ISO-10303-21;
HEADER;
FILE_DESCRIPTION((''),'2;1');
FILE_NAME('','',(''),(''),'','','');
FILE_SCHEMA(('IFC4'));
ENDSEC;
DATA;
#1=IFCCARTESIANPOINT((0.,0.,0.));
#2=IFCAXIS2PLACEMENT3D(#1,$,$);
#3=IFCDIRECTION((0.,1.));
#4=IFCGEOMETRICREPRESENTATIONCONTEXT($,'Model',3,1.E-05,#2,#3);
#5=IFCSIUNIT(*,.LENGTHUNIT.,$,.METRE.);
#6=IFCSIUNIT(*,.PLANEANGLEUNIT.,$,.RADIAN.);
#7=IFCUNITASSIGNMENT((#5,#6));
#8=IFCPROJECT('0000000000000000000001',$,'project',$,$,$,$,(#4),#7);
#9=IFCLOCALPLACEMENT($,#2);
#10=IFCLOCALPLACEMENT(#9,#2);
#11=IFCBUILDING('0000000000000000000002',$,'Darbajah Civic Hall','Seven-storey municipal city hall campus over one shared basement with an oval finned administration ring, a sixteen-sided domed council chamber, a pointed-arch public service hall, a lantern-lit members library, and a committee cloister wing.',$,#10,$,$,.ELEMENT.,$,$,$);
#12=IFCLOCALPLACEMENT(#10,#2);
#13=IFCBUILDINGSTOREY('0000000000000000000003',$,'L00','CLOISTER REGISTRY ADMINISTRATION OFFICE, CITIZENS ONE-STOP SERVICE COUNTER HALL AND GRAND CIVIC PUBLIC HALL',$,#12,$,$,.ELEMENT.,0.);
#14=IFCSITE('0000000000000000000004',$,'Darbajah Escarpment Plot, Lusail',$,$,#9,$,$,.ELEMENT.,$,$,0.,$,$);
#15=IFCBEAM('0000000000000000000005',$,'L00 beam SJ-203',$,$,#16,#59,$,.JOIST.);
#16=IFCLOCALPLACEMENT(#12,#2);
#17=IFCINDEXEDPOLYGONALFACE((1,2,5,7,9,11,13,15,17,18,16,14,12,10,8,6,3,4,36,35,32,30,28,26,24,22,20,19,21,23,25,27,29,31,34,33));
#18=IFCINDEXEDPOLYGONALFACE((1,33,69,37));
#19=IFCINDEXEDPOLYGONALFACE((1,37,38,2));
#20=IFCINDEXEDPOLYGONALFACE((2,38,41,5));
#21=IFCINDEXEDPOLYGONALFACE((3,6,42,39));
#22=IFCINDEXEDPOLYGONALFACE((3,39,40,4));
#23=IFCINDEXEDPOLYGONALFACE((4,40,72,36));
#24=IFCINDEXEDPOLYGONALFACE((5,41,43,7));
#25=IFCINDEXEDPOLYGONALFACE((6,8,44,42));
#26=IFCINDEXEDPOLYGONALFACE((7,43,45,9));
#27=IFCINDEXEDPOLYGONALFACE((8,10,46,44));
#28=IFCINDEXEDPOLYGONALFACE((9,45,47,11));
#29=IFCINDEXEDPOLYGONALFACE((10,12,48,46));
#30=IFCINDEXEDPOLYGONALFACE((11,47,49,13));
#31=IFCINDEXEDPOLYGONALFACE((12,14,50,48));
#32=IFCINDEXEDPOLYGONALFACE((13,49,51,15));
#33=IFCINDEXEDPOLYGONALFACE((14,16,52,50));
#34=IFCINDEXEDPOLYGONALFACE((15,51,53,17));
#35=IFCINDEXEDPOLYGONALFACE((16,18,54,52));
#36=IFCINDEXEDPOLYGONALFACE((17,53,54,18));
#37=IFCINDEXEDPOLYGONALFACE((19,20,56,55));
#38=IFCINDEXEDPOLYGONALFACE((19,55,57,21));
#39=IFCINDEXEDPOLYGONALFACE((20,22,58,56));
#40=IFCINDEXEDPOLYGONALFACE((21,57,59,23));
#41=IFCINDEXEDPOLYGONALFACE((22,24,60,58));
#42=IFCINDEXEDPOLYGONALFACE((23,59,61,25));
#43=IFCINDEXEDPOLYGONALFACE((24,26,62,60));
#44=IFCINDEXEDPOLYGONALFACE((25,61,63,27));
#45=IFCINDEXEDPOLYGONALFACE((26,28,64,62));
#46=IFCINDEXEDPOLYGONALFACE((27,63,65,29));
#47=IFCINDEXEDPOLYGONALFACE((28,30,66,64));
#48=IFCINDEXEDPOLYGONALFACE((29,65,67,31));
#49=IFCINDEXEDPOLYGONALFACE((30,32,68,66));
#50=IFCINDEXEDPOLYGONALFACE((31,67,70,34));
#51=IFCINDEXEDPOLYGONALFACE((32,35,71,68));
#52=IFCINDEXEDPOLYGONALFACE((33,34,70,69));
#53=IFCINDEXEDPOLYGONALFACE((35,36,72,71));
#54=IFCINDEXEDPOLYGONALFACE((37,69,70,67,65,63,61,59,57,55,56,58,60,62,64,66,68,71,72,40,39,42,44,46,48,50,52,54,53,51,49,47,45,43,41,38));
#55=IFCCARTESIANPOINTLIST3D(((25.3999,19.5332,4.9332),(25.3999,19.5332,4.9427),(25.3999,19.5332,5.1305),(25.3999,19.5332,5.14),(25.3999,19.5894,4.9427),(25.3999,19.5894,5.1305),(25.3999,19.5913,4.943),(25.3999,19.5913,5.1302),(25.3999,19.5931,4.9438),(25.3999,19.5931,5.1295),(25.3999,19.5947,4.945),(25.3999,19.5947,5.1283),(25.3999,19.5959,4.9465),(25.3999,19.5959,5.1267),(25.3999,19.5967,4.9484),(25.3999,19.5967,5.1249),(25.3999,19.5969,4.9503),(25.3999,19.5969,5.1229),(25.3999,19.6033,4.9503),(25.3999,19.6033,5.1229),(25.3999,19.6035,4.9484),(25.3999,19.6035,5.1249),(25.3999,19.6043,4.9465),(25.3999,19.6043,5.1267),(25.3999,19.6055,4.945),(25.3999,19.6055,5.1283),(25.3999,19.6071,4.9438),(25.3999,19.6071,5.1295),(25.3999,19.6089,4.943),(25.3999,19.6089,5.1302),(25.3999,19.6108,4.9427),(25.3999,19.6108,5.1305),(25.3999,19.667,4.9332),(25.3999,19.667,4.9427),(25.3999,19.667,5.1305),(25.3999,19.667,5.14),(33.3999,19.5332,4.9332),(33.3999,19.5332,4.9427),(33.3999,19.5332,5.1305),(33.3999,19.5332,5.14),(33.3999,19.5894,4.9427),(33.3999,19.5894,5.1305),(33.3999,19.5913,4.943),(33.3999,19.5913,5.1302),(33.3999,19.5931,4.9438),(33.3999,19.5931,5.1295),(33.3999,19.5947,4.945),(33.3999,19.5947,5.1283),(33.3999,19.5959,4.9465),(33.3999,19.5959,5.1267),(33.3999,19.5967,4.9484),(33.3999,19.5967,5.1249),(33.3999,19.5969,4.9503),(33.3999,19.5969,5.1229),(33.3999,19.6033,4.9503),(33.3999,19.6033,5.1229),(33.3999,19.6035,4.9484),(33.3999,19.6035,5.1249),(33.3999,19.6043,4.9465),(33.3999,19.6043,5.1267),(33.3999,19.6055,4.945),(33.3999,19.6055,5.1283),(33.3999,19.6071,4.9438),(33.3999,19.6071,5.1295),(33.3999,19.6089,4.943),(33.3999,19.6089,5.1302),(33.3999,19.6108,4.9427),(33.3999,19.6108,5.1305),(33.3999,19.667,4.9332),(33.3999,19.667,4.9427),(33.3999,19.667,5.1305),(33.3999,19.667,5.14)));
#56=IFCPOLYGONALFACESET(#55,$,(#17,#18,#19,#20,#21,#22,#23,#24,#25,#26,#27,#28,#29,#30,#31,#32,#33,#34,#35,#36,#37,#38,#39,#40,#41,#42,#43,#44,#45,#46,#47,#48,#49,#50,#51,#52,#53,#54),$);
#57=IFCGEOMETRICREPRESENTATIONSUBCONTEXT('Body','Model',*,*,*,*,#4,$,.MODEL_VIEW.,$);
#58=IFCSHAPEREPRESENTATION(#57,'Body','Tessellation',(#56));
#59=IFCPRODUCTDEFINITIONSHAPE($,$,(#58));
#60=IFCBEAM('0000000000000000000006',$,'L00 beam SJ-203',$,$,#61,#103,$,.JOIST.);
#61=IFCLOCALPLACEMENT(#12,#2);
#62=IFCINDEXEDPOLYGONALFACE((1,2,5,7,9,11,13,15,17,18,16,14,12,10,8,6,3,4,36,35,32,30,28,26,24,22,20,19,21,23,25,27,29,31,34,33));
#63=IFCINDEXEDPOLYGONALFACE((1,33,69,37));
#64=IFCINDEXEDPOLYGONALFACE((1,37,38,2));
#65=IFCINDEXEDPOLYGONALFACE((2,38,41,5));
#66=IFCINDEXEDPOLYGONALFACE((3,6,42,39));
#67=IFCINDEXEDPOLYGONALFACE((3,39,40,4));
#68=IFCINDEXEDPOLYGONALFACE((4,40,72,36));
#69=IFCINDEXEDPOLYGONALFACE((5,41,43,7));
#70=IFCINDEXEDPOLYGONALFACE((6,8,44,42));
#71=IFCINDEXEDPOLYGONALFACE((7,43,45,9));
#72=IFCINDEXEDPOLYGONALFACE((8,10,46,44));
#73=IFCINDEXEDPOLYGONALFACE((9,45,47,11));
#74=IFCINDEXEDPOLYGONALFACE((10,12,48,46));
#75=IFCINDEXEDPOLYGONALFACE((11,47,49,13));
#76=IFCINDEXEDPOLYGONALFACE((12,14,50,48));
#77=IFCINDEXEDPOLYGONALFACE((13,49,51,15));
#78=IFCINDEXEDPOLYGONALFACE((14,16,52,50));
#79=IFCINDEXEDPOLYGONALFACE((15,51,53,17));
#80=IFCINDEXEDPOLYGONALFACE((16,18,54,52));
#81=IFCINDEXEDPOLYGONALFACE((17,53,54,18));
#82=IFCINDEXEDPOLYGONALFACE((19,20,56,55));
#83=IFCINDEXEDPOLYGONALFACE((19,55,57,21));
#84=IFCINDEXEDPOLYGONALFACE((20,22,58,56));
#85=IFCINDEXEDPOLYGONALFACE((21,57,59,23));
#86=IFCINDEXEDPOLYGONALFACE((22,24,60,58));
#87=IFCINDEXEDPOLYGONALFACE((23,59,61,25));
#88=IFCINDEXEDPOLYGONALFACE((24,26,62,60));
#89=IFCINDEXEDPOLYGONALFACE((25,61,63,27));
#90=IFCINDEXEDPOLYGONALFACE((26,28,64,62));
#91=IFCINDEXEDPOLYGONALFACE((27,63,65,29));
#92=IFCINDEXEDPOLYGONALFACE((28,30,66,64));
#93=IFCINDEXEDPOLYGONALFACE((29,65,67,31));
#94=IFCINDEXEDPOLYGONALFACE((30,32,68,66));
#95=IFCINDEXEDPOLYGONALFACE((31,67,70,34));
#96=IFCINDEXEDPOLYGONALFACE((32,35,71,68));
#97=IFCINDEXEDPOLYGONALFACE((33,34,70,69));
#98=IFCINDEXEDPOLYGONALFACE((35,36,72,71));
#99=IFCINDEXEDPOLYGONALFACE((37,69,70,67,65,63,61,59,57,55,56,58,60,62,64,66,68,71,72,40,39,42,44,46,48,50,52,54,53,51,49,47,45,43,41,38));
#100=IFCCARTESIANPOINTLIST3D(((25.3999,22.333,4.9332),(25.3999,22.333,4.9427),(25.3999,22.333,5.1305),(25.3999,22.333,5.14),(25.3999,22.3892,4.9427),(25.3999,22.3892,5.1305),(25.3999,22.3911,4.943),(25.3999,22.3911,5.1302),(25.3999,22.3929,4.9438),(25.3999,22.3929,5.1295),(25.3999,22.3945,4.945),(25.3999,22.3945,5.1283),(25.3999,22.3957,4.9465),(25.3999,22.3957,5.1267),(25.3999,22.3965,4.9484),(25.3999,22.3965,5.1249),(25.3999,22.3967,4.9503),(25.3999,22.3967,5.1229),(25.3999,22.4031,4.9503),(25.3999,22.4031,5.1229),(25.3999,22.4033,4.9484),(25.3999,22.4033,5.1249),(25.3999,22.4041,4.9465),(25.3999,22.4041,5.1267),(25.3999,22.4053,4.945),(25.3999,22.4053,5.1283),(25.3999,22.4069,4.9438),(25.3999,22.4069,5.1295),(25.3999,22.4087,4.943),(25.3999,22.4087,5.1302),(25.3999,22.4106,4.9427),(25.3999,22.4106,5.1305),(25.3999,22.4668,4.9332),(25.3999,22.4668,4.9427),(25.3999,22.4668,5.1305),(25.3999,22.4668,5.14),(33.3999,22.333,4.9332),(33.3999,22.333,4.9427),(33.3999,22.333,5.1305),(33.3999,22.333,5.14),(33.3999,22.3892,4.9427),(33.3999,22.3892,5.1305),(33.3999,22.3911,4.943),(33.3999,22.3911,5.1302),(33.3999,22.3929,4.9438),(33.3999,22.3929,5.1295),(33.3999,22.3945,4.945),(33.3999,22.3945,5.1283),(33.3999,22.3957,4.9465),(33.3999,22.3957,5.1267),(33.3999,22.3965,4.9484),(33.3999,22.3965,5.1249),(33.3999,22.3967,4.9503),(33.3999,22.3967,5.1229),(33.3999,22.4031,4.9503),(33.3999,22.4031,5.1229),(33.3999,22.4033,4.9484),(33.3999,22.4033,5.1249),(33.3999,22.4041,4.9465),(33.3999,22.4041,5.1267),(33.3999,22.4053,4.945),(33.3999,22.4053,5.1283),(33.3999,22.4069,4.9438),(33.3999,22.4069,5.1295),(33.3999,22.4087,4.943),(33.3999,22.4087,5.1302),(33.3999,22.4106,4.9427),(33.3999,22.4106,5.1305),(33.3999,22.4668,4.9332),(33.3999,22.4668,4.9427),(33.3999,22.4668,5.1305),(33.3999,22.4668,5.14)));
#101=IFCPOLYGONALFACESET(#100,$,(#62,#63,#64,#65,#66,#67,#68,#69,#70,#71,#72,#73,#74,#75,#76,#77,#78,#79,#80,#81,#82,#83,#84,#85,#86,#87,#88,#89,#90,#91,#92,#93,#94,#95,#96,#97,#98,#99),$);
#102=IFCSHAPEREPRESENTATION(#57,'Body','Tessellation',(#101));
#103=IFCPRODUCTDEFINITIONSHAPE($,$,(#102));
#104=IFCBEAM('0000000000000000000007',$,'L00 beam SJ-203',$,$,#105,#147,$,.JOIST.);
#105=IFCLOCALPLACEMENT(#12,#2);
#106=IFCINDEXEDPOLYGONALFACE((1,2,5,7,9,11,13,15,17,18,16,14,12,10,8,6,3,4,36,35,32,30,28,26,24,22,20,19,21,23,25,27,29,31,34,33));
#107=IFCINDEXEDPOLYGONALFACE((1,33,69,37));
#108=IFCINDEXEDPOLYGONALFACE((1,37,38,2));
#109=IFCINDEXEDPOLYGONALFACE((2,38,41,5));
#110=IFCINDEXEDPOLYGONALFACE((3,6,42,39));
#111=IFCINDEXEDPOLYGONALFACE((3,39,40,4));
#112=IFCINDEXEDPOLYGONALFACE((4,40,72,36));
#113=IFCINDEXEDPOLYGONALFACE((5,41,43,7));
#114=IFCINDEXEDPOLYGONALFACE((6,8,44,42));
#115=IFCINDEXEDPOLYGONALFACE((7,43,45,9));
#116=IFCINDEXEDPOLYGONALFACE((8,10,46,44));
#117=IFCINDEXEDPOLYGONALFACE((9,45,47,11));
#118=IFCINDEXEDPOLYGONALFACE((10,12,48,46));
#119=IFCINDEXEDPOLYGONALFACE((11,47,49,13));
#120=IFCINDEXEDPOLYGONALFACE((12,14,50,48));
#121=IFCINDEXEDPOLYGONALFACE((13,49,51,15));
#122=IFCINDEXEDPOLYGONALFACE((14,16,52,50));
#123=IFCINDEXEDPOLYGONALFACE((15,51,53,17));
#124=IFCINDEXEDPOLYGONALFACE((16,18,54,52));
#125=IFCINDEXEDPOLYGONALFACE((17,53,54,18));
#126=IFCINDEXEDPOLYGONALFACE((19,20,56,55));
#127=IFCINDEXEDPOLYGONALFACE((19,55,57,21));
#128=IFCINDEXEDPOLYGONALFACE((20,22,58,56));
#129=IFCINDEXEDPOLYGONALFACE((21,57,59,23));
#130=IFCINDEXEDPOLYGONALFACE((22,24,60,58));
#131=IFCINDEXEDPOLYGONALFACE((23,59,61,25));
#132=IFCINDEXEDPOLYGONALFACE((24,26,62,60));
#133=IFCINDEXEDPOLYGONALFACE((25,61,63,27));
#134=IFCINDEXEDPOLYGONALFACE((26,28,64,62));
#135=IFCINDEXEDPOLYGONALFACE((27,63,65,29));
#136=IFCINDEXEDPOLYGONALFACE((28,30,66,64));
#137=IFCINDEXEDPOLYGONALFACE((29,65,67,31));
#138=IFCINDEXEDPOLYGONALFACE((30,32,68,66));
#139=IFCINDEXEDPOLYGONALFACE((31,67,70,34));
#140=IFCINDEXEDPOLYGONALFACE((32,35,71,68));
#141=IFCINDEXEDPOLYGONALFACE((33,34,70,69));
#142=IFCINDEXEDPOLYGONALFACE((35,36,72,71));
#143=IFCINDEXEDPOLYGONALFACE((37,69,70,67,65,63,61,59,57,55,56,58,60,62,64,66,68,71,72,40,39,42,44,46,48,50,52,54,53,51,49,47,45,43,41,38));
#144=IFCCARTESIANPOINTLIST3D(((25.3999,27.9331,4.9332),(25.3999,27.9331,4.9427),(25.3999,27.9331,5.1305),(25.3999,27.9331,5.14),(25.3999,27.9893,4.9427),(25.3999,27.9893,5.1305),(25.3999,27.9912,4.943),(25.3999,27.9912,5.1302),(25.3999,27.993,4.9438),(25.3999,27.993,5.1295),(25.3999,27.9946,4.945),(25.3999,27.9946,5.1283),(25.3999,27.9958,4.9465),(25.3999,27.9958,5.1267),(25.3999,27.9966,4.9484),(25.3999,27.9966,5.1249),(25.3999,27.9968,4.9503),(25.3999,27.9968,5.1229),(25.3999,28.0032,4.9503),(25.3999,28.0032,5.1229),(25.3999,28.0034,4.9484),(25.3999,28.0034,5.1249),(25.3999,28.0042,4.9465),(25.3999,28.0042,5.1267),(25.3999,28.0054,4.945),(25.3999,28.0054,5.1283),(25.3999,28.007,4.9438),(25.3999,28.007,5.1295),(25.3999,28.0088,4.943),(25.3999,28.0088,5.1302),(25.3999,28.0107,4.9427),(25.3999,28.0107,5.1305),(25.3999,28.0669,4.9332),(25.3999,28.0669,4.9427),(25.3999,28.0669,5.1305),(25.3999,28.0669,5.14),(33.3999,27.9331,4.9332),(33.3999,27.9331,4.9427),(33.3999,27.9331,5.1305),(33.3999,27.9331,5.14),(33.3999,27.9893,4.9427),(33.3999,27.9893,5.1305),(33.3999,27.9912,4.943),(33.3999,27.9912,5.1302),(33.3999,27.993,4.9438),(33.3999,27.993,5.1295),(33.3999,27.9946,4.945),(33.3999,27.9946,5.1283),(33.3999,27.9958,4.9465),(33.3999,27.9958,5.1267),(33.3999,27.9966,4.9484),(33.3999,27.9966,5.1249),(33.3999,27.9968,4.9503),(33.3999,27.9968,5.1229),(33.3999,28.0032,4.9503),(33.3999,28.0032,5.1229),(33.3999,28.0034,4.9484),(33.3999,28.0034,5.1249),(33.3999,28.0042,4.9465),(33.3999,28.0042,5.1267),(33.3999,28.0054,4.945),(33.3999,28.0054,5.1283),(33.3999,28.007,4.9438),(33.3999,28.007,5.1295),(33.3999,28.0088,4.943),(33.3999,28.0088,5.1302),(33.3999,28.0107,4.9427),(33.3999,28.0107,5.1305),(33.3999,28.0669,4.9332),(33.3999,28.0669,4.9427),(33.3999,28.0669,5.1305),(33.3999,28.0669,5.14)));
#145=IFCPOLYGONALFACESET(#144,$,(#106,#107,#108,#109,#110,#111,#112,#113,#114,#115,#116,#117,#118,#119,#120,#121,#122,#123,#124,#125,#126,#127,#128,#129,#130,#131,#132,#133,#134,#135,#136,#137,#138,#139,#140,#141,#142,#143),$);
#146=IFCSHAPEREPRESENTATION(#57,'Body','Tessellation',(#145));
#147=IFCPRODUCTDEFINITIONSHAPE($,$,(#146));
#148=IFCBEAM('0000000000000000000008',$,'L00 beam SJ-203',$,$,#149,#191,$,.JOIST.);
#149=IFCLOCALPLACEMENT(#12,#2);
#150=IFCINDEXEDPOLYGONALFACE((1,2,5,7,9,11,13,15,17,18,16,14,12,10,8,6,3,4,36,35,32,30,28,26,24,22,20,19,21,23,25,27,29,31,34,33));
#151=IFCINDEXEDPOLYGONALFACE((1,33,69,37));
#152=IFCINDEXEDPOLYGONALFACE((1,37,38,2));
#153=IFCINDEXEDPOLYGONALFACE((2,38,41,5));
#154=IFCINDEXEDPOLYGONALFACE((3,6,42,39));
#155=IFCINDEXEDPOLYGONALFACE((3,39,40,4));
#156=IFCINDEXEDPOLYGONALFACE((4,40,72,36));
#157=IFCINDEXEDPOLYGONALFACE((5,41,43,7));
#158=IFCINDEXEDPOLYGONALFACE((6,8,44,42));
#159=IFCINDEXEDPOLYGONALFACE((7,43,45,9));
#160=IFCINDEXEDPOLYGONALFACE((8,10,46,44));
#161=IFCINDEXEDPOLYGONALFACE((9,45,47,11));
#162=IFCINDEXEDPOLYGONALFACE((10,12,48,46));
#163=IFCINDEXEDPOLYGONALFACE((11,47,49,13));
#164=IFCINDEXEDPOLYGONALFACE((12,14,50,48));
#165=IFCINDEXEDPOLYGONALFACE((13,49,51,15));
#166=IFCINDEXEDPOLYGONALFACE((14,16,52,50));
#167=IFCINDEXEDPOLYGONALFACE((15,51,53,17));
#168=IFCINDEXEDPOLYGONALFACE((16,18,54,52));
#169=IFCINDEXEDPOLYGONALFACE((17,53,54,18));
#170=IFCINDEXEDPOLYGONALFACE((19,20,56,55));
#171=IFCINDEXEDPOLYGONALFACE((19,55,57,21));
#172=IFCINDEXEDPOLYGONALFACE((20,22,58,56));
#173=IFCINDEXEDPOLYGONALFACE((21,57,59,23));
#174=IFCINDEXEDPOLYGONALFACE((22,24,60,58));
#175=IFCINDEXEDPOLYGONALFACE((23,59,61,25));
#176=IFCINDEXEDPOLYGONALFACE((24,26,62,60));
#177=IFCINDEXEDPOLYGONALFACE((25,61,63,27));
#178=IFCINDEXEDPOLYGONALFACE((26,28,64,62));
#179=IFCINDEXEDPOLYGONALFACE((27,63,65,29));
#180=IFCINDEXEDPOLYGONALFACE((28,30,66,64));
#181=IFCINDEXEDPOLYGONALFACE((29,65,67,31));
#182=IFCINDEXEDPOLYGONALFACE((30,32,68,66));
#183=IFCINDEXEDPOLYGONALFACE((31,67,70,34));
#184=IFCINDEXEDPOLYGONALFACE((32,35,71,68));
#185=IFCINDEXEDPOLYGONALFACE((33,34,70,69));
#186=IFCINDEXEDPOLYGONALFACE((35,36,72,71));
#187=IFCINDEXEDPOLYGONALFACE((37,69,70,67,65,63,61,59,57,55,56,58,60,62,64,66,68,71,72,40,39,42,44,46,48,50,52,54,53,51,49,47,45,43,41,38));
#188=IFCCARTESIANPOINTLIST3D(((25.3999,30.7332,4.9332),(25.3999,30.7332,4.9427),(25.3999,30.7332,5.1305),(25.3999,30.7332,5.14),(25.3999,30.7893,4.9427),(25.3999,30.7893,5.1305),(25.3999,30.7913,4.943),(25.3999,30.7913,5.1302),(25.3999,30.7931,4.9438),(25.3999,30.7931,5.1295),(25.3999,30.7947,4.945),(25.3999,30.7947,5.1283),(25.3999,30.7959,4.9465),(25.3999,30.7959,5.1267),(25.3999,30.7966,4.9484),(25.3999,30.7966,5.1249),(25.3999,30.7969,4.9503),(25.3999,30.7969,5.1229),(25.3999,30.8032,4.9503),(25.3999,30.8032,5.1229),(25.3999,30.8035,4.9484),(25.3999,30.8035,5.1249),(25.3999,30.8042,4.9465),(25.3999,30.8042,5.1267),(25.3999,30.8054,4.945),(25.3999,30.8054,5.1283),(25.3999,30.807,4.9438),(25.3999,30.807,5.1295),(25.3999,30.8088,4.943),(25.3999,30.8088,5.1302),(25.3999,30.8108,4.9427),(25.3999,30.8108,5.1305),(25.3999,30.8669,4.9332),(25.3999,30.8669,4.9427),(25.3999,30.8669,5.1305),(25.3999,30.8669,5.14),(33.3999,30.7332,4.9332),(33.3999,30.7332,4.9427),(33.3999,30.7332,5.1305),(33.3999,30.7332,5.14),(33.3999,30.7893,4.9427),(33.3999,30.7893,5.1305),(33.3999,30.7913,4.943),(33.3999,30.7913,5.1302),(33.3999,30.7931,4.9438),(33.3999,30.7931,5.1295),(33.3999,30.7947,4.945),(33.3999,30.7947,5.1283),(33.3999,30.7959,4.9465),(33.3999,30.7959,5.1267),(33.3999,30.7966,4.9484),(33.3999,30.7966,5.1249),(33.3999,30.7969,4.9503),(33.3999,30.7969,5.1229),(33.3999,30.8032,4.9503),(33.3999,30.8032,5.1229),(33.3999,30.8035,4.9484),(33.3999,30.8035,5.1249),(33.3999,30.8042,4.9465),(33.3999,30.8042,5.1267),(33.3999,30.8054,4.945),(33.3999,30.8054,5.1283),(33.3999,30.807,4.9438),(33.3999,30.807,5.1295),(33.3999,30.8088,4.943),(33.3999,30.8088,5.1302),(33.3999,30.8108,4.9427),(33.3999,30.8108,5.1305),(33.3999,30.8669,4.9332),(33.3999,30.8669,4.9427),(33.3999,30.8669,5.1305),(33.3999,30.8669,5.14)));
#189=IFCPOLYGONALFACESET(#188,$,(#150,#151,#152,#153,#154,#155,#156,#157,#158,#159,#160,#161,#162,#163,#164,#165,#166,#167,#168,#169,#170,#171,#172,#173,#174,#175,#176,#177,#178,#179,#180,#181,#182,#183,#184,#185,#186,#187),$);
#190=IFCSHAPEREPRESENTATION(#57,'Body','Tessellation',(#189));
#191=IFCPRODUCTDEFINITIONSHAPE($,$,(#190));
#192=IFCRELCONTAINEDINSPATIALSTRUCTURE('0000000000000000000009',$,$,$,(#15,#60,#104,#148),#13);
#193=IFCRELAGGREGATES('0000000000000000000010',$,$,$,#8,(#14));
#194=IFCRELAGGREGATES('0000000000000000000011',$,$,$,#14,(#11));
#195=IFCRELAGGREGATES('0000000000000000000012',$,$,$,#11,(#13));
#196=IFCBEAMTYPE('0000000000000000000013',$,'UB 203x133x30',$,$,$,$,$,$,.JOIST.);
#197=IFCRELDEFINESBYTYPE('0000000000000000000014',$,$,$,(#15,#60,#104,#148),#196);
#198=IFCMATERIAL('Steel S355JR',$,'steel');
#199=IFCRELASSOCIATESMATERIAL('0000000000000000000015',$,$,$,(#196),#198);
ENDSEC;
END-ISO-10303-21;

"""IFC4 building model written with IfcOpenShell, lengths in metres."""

from ifc_helpers import new_model, si_unit, direction, frame, origin, origin_2d, place, context, subcontext, project, spatial, i_section, extrude, material, material_profile, profile_set, type_object, element, save


model = new_model("IFC4")

# Units and contexts
model_context = context("Model", 3, precision=1e-05, world=origin(), true_north=direction((0.0, 1.0)))
body_context = subcontext(model_context, "Body", "Model", "MODEL_VIEW")
ifc_project = project(units=[si_unit("LENGTHUNIT", "METRE"), si_unit("PLANEANGLEUNIT", "RADIAN")], contexts=[model_context])

# Site, building, storey
site_placement = place(None, origin())
site = spatial("IfcSite", under=ifc_project, at=site_placement, Name="Darbajah Escarpment Plot, Lusail", CompositionType="ELEMENT", RefElevation=0.0)
building_placement = place(site_placement, origin())
building = spatial("IfcBuilding", under=site, at=building_placement, Name="Darbajah Civic Hall", Description="Seven-storey municipal city hall campus over one shared basement with an oval finned administration ring, a sixteen-sided domed council chamber, a pointed-arch public service hall, a lantern-lit members library, and a committee cloister wing.", CompositionType="ELEMENT")
storey_placement = place(building_placement, origin())
storey = spatial("IfcBuildingStorey", under=building, at=storey_placement, Name="L00", Description="CLOISTER REGISTRY ADMINISTRATION OFFICE, CITIZENS ONE-STOP SERVICE COUNTER HALL AND GRAND CIVIC PUBLIC HALL", CompositionType="ELEMENT", Elevation=0.0)

# Beams
ifc_material_1 = material(Name="Steel S355JR", Category="steel")
ifc_material_profile_1 = material_profile(ifc_material_1, i_section(OverallWidth=0.1338, OverallDepth=0.2068, WebThickness=0.0063, FlangeThickness=0.0095, FilletRadius=0.0076, at=origin_2d()), Name="UB 203x133x30")
ifc_profile_set_1 = profile_set([ifc_material_profile_1], Name="Steel S355JR")
beam_type_1 = type_object("IfcBeamType", Name="UB 203x133x30", PredefinedType="JOIST", material=ifc_profile_set_1)
for number, where, z_axis, x_axis, name in (
    (1, (25.3999, 19.6001, 5.0366), (1.0, 0.0, 0.0), (0.0, 1.0, 0.0), "L00 beam SJ-203"),
    (2, (25.3999, 22.3999, 5.0366), (1.0, 0.0, 0.0), (0.0, 1.0, 0.0), "L00 beam SJ-203"),
    (3, (25.3999, 28.0, 5.0366), (1.0, 0.0, 0.0), (0.0, 1.0, 0.0), "L00 beam SJ-203"),
    (4, (25.3999, 30.8, 5.0366), (1.0, 0.0, 0.0), (0.0, 1.0, 0.0), "L00 beam SJ-203"),
):
    element("IfcBeam", number, at=place(storey_placement, frame(where, z_axis=z_axis, x_axis=x_axis)), inside=storey, type_object=beam_type_1, Name=name, PredefinedType="JOIST", context=body_context, shape_type="SweptSolid", body=[
        extrude(i_section(OverallWidth=0.1338, OverallDepth=0.2068, WebThickness=0.0063, FlangeThickness=0.0095, FilletRadius=0.0076, at=origin_2d()), origin(), (0.0, 0.0, 1.0), 8.0),
    ])

save(model, "model.ifc")
